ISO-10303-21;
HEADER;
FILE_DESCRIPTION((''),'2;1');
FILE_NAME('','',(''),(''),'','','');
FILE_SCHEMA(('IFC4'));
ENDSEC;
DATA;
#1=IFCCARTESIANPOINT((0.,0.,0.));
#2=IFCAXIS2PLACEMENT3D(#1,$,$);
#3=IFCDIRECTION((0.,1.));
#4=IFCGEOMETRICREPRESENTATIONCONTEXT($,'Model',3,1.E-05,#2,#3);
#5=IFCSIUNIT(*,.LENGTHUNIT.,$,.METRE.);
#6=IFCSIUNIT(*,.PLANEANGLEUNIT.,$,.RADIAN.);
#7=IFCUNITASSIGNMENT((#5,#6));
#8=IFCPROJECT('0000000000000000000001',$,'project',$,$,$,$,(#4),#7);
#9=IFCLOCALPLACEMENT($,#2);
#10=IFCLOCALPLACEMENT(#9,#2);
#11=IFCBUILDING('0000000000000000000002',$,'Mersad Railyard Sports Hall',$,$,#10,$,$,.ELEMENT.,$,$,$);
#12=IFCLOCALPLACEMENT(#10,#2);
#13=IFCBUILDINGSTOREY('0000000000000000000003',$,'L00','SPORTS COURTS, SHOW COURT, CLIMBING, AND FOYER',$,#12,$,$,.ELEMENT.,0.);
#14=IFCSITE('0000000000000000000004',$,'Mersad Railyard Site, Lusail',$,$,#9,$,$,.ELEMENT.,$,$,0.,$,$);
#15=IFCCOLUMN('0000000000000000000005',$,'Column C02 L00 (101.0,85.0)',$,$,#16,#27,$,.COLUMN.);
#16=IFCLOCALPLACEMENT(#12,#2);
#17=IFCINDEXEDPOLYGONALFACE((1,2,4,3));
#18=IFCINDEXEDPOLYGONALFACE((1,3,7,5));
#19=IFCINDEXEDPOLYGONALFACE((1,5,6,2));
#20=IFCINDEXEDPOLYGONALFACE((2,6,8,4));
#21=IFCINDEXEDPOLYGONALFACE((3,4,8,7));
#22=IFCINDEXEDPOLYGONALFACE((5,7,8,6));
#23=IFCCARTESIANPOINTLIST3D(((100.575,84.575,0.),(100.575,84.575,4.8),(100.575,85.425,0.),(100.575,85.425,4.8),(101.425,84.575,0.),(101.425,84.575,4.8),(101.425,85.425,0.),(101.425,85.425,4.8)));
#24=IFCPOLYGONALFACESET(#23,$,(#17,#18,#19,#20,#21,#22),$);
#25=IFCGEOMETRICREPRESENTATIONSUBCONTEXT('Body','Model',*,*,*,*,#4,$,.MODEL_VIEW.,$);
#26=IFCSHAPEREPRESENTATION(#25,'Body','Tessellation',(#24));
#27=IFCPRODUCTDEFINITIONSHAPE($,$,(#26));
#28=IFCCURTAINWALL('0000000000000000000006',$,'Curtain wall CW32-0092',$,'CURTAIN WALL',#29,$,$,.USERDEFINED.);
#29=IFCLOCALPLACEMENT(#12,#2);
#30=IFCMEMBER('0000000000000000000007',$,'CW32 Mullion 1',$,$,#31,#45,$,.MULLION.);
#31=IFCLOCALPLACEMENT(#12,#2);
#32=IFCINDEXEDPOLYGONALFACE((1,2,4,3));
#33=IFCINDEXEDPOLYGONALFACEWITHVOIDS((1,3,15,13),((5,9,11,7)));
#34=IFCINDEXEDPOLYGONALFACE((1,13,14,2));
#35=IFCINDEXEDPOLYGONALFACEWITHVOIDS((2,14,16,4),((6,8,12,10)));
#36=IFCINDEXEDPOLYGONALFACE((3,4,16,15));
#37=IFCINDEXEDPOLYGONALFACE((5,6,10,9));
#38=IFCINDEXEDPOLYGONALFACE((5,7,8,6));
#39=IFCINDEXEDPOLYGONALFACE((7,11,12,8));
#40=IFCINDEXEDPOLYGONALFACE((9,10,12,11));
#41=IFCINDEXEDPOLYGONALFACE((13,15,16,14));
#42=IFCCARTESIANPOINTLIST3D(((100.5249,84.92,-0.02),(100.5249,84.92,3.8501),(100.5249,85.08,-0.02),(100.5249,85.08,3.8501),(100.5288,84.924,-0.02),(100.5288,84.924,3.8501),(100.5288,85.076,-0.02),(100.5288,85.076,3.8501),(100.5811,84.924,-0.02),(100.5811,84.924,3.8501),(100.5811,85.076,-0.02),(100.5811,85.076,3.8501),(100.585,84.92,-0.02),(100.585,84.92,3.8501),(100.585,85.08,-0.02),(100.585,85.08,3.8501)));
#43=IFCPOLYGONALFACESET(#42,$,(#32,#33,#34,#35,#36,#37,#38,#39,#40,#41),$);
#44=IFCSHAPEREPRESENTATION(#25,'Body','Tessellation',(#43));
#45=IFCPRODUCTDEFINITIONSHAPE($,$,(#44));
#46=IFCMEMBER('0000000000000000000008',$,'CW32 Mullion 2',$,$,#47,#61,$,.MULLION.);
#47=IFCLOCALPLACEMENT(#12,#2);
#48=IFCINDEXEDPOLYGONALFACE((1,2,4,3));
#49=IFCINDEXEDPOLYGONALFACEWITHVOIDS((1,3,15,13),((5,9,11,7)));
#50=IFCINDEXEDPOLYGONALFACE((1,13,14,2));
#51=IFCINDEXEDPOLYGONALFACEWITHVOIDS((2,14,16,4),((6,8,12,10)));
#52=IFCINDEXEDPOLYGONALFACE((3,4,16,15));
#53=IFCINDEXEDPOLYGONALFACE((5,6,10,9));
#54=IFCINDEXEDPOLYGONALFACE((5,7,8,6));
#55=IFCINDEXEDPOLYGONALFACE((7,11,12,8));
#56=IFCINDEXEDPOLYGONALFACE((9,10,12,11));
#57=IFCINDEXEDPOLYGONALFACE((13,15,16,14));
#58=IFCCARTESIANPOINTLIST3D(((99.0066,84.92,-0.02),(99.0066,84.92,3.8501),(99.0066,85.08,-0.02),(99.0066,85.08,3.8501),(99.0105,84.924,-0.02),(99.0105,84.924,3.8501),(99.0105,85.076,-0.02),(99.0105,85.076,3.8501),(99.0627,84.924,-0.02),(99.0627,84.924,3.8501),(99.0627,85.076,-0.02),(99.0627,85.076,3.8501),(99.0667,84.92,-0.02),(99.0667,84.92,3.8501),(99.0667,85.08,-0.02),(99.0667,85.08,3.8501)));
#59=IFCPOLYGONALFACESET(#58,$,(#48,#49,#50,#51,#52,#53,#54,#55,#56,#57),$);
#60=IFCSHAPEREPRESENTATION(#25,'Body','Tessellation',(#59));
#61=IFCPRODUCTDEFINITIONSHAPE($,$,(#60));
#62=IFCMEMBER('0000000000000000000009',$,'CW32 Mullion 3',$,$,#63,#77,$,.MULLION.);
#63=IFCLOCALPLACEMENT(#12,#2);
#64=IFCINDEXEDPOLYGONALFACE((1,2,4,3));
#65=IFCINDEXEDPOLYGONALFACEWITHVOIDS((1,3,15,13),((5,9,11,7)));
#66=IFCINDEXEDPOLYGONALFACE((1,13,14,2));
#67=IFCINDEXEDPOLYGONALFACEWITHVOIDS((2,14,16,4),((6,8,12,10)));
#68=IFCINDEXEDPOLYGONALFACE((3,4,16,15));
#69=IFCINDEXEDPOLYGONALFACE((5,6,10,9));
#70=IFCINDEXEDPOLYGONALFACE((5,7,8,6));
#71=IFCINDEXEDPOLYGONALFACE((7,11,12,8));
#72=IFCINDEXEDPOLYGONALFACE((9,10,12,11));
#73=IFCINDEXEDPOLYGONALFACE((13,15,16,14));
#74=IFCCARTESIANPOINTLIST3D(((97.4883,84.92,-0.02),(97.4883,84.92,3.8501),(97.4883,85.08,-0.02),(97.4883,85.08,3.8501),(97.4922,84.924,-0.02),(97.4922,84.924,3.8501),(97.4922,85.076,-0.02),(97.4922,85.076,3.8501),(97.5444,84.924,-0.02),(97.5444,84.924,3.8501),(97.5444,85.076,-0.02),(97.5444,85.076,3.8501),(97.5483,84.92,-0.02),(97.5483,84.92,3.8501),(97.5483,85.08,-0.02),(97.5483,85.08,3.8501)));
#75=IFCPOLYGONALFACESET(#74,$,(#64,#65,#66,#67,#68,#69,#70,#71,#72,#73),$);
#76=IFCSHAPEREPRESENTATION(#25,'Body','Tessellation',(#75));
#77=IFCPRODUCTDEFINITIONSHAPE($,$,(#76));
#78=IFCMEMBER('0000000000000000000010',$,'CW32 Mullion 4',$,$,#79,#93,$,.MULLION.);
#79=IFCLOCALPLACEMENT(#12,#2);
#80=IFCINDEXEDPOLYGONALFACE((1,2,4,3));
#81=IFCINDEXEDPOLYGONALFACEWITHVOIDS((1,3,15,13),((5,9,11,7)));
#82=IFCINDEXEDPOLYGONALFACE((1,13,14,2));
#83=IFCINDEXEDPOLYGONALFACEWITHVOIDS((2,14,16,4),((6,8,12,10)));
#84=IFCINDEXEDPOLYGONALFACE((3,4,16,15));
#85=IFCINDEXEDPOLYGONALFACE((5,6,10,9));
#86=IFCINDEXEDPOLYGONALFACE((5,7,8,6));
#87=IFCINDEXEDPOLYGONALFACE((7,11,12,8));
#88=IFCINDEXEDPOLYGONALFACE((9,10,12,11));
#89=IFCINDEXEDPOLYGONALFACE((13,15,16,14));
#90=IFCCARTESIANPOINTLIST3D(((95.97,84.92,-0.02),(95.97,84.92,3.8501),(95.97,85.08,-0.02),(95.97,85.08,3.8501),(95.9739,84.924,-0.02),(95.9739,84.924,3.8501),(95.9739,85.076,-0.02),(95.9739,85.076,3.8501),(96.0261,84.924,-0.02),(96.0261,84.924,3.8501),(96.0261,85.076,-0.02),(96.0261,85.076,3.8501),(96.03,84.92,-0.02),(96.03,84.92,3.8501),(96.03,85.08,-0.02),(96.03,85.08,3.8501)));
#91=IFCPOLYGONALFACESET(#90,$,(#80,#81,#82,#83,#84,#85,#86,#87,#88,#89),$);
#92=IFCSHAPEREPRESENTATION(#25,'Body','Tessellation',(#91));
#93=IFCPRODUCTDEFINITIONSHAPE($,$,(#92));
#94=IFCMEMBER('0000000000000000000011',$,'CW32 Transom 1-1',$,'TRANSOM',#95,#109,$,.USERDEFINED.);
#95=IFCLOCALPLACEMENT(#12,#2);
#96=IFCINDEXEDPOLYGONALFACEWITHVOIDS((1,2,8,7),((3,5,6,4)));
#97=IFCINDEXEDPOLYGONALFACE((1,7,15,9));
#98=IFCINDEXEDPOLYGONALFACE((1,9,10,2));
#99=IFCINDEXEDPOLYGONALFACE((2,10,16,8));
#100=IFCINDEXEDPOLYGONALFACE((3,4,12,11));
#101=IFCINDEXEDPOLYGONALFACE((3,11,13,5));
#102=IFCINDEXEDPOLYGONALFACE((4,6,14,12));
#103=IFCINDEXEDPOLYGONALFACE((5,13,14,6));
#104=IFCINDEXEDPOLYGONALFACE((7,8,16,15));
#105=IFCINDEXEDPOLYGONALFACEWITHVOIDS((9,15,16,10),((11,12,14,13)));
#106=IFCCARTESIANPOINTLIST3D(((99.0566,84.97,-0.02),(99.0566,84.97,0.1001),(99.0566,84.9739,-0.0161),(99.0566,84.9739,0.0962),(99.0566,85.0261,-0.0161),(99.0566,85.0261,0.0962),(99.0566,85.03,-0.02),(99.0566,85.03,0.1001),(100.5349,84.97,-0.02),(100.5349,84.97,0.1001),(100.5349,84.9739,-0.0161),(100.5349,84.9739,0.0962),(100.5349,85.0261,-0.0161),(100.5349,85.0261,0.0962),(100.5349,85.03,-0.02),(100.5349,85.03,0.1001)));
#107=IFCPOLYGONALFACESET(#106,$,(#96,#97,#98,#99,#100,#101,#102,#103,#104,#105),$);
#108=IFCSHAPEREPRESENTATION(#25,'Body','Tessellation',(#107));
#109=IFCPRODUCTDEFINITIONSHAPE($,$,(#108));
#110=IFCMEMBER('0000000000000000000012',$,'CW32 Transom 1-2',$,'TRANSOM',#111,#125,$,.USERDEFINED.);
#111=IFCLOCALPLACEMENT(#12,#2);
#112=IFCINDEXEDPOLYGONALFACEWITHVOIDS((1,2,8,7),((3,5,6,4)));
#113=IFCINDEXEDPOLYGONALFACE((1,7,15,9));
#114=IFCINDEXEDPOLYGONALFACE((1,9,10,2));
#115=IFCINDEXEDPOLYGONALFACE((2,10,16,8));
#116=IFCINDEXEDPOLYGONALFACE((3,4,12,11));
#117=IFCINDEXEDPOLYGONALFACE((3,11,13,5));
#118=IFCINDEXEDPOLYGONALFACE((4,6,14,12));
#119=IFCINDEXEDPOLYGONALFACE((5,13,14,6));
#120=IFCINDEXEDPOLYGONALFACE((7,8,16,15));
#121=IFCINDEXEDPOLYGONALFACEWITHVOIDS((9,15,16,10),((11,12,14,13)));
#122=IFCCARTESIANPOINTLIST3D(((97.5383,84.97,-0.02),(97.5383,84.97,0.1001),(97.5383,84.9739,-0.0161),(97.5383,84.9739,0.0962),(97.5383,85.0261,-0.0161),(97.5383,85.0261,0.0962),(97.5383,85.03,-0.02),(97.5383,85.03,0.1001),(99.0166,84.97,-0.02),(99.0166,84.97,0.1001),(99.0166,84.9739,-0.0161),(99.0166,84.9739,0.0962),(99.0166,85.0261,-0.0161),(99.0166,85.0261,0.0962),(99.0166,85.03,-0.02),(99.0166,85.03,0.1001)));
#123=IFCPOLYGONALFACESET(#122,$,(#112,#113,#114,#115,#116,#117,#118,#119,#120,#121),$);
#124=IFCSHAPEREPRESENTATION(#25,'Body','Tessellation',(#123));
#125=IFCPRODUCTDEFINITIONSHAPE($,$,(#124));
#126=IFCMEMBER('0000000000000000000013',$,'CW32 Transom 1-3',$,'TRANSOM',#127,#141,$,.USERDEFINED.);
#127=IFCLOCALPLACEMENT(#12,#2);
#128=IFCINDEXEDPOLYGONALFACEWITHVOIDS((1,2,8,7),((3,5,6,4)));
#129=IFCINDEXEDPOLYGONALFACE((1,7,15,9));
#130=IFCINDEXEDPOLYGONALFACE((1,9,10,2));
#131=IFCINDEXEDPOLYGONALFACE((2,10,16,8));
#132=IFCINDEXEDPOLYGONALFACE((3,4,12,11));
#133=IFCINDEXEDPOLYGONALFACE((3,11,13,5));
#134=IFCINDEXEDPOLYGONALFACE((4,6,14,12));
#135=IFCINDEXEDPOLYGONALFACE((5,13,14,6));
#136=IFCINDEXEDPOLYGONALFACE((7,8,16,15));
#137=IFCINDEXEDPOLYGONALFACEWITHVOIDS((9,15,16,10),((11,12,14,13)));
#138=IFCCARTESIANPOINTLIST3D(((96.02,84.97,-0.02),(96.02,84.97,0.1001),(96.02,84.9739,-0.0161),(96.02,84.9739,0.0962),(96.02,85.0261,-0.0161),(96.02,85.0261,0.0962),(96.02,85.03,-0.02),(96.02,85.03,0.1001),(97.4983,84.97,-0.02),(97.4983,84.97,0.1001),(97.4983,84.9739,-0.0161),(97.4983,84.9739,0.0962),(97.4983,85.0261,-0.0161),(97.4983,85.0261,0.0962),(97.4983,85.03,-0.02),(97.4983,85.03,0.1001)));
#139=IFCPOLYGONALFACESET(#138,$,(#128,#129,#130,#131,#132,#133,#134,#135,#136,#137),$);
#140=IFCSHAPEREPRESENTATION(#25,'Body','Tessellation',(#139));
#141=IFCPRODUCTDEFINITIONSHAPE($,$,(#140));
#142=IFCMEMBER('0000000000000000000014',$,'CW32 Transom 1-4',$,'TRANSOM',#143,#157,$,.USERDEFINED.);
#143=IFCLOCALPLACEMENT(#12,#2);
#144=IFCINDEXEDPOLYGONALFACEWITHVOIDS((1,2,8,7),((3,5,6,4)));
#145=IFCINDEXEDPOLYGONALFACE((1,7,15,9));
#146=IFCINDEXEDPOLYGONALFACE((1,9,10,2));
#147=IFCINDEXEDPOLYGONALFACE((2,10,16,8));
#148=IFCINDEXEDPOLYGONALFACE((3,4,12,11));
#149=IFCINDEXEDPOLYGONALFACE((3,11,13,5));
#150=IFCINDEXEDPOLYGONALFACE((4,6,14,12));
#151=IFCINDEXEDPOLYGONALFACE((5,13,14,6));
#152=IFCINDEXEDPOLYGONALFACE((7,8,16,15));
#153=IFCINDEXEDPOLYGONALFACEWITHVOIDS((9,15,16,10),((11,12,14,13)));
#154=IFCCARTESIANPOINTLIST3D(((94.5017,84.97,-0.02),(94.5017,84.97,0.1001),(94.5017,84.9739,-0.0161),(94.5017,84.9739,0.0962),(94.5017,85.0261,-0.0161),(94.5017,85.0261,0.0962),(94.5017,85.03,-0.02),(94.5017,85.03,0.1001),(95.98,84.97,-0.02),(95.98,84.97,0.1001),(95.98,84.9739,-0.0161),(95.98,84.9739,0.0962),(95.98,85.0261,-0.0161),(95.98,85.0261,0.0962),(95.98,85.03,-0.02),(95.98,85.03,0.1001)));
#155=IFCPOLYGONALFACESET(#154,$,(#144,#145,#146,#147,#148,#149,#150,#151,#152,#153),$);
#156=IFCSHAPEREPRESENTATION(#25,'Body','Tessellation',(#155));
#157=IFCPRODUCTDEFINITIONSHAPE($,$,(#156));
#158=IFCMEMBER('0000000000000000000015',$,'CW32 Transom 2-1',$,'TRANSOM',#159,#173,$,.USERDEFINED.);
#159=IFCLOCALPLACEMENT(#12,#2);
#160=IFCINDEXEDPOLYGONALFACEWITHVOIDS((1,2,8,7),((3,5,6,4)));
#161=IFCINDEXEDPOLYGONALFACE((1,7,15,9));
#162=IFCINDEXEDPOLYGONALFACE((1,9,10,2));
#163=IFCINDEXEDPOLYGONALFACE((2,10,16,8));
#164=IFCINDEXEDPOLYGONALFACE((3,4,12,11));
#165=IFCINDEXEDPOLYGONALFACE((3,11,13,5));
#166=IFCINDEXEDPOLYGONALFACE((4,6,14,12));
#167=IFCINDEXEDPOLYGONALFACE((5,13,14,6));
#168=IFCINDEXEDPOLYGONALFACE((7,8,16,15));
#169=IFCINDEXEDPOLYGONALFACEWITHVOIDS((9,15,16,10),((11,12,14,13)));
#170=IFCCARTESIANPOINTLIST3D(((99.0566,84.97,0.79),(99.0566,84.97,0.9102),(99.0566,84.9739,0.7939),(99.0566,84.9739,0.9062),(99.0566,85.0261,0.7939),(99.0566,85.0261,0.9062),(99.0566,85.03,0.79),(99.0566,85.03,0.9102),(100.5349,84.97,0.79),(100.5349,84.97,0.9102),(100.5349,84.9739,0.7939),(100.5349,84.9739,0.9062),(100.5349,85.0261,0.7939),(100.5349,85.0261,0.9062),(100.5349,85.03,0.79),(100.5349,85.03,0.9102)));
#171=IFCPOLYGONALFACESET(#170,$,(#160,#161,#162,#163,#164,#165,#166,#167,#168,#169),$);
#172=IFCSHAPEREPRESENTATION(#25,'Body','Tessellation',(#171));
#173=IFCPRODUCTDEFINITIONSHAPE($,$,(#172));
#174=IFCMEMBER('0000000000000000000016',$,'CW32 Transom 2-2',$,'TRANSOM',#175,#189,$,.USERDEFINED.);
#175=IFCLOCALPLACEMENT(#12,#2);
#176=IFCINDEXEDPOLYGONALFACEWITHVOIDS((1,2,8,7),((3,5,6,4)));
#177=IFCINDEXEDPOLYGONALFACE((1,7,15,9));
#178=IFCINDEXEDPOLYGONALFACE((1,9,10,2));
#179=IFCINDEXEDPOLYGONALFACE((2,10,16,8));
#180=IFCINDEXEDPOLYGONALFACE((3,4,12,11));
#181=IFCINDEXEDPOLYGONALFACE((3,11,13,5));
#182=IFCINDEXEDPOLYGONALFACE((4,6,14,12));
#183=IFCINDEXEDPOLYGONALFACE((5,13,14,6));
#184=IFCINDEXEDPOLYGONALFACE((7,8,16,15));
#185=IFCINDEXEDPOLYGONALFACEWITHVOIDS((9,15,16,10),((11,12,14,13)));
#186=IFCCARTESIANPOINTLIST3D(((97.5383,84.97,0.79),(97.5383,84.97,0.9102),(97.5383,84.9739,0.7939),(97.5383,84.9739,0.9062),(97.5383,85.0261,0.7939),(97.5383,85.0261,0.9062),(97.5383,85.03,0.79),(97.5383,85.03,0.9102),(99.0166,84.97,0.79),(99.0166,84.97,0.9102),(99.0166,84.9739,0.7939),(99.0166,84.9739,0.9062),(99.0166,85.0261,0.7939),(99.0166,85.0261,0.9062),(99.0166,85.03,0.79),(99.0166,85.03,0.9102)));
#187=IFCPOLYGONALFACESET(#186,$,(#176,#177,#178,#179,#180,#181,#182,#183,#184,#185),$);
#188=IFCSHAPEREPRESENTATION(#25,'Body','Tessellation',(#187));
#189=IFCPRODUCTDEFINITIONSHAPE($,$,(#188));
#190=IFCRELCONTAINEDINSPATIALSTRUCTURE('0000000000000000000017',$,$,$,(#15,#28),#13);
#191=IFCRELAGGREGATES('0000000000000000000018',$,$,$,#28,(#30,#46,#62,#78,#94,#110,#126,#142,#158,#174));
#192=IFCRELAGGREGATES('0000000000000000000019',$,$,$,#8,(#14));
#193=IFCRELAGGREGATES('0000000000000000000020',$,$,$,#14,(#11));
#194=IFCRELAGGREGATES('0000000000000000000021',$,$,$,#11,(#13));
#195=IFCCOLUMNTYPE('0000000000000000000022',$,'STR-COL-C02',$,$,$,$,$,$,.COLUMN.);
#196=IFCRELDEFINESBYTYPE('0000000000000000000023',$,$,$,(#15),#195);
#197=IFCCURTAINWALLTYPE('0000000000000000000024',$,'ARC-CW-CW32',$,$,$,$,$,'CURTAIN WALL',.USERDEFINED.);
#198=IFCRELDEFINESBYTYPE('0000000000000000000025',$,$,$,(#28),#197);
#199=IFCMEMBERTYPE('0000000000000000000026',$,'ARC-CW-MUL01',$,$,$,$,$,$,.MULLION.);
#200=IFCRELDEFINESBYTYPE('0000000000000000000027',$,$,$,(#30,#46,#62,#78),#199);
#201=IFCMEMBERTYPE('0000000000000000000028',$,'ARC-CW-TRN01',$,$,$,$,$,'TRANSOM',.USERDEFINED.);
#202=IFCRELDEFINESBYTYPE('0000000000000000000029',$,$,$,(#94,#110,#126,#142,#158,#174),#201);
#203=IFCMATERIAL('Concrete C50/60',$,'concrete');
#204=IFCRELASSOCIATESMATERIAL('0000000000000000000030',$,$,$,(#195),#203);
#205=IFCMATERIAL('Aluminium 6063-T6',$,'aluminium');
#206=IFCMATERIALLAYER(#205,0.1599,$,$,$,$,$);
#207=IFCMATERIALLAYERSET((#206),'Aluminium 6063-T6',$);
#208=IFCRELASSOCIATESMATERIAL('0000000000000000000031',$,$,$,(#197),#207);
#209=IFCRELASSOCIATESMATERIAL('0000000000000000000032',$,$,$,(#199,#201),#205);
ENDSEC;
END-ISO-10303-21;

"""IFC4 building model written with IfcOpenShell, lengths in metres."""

from ifc_helpers import new_model, si_unit, direction, frame, origin, origin_2d, place, context, subcontext, project, spatial, rectangle, hollow_rectangle, extrude, material, layer, layer_set, material_profile, profile_set, type_object, element, aggregate, save


model = new_model("IFC4")

# Units and contexts
model_context = context("Model", 3, precision=1e-05, world=origin(), true_north=direction((0.0, 1.0)))
body_context = subcontext(model_context, "Body", "Model", "MODEL_VIEW")
ifc_project = project(units=[si_unit("LENGTHUNIT", "METRE"), si_unit("PLANEANGLEUNIT", "RADIAN")], contexts=[model_context])

# Site, building, storey
site_placement = place(None, origin())
site = spatial("IfcSite", under=ifc_project, at=site_placement, Name="Mersad Railyard Site, Lusail", CompositionType="ELEMENT", RefElevation=0.0)
building_placement = place(site_placement, origin())
building = spatial("IfcBuilding", under=site, at=building_placement, Name="Mersad Railyard Sports Hall", CompositionType="ELEMENT")
storey_placement = place(building_placement, origin())
storey = spatial("IfcBuildingStorey", under=building, at=storey_placement, Name="L00", Description="SPORTS COURTS, SHOW COURT, CLIMBING, AND FOYER", CompositionType="ELEMENT", Elevation=0.0)

# Column
ifc_material_1 = material(Name="Concrete C50/60", Category="concrete")
ifc_material_profile_1 = material_profile(ifc_material_1, rectangle(XDim=0.8501, YDim=0.8501, at=origin_2d()), Name="RC 850x850")
ifc_profile_set_1 = profile_set([ifc_material_profile_1], Name="Concrete C50/60")
column_type = type_object("IfcColumnType", Name="STR-COL-C02", PredefinedType="COLUMN", material=ifc_profile_set_1)
column_placement = place(storey_placement, frame((101.0, 85.0, 0.0), z_axis=(0.0, 0.0, 1.0), x_axis=(1.0, 0.0, 0.0)))
element("IfcColumn", 1, at=column_placement, inside=storey, type_object=column_type, Name="Column C02 L00 (101.0,85.0)", PredefinedType="COLUMN", context=body_context, shape_type="SweptSolid", body=[
    extrude(rectangle(XDim=0.8501, YDim=0.8501, at=origin_2d()), origin(), (0.0, 0.0, 1.0), 4.8),
])

# Curtain wall, members
ifc_material_2 = material(Name="Aluminium 6063-T6", Category="aluminium")
ifc_layer_1 = layer(ifc_material_2, 0.1599)
ifc_layer_set_1 = layer_set([ifc_layer_1], Name="Aluminium 6063-T6")
curtain_wall_type = type_object("IfcCurtainWallType", Name="ARC-CW-CW32", ElementType="CURTAIN WALL", PredefinedType="USERDEFINED", material=ifc_layer_set_1)
curtain_wall_placement = place(storey_placement, origin())
curtain_wall = element("IfcCurtainWall", 2, at=curtain_wall_placement, inside=storey, type_object=curtain_wall_type, Name="Curtain wall CW32-0092", ObjectType="CURTAIN WALL", PredefinedType="USERDEFINED")
ifc_material_profile_2 = material_profile(ifc_material_2, hollow_rectangle(XDim=0.0601, YDim=0.1599, WallThickness=0.0039, at=origin_2d()), Name="AL MULLION 60x160x4")
ifc_profile_set_2 = profile_set([ifc_material_profile_2], Name="Aluminium 6063-T6")
member_type_1 = type_object("IfcMemberType", Name="ARC-CW-MUL01", PredefinedType="MULLION", material=ifc_profile_set_2)
member_1_placement = place(storey_placement, frame((100.5549, 85.0, -0.02), z_axis=(0.0, 0.0, 1.0), x_axis=(1.0, 0.0, 0.0)))
member_1 = element("IfcMember", 3, at=member_1_placement, type_object=member_type_1, Name="CW32 Mullion 1", PredefinedType="MULLION", context=body_context, shape_type="SweptSolid", body=[
    extrude(hollow_rectangle(XDim=0.0601, YDim=0.1599, WallThickness=0.0039, at=origin_2d()), origin(), (0.0, 0.0, 1.0), 3.8701),
])
member_2_placement = place(storey_placement, frame((99.0366, 85.0, -0.02), z_axis=(0.0, 0.0, 1.0), x_axis=(1.0, 0.0, 0.0)))
member_2 = element("IfcMember", 4, at=member_2_placement, type_object=member_type_1, Name="CW32 Mullion 2", PredefinedType="MULLION", context=body_context, shape_type="SweptSolid", body=[
    extrude(hollow_rectangle(XDim=0.0601, YDim=0.1599, WallThickness=0.0039, at=origin_2d()), origin(), (0.0, 0.0, 1.0), 3.8701),
])
member_3_placement = place(storey_placement, frame((97.5183, 85.0, -0.02), z_axis=(0.0, 0.0, 1.0), x_axis=(1.0, 0.0, 0.0)))
member_3 = element("IfcMember", 5, at=member_3_placement, type_object=member_type_1, Name="CW32 Mullion 3", PredefinedType="MULLION", context=body_context, shape_type="SweptSolid", body=[
    extrude(hollow_rectangle(XDim=0.0601, YDim=0.1599, WallThickness=0.0039, at=origin_2d()), origin(), (0.0, 0.0, 1.0), 3.8701),
])
member_4_placement = place(storey_placement, frame((96.0, 85.0, -0.02), z_axis=(0.0, 0.0, 1.0), x_axis=(1.0, 0.0, 0.0)))
member_4 = element("IfcMember", 6, at=member_4_placement, type_object=member_type_1, Name="CW32 Mullion 4", PredefinedType="MULLION", context=body_context, shape_type="SweptSolid", body=[
    extrude(hollow_rectangle(XDim=0.0601, YDim=0.1599, WallThickness=0.0039, at=origin_2d()), origin(), (0.0, 0.0, 1.0), 3.8701),
])
ifc_material_profile_3 = material_profile(ifc_material_2, hollow_rectangle(XDim=0.0601, YDim=0.1201, WallThickness=0.0039, at=origin_2d()), Name="AL TRANSOM 60x120x4")
ifc_profile_set_3 = profile_set([ifc_material_profile_3], Name="Aluminium 6063-T6")
member_type_2 = type_object("IfcMemberType", Name="ARC-CW-TRN01", ElementType="TRANSOM", PredefinedType="USERDEFINED", material=ifc_profile_set_3)
member_5_placement = place(storey_placement, frame((100.5349, 85.0, 0.04), z_axis=(-1.0, 0.0, 0.0), x_axis=(0.0, -1.0, 0.0)))
member_5 = element("IfcMember", 7, at=member_5_placement, type_object=member_type_2, Name="CW32 Transom 1-1", ObjectType="TRANSOM", PredefinedType="USERDEFINED", context=body_context, shape_type="SweptSolid", body=[
    extrude(hollow_rectangle(XDim=0.0601, YDim=0.1201, WallThickness=0.0039, at=origin_2d()), origin(), (0.0, 0.0, 1.0), 1.4783),
])
member_6_placement = place(storey_placement, frame((99.0166, 85.0, 0.04), z_axis=(-1.0, 0.0, 0.0), x_axis=(0.0, -1.0, 0.0)))
member_6 = element("IfcMember", 8, at=member_6_placement, type_object=member_type_2, Name="CW32 Transom 1-2", ObjectType="TRANSOM", PredefinedType="USERDEFINED", context=body_context, shape_type="SweptSolid", body=[
    extrude(hollow_rectangle(XDim=0.0601, YDim=0.1201, WallThickness=0.0039, at=origin_2d()), origin(), (0.0, 0.0, 1.0), 1.4783),
])
member_7_placement = place(storey_placement, frame((97.4983, 85.0, 0.04), z_axis=(-1.0, 0.0, 0.0), x_axis=(0.0, -1.0, 0.0)))
member_7 = element("IfcMember", 9, at=member_7_placement, type_object=member_type_2, Name="CW32 Transom 1-3", ObjectType="TRANSOM", PredefinedType="USERDEFINED", context=body_context, shape_type="SweptSolid", body=[
    extrude(hollow_rectangle(XDim=0.0601, YDim=0.1201, WallThickness=0.0039, at=origin_2d()), origin(), (0.0, 0.0, 1.0), 1.4783),
])
member_8_placement = place(storey_placement, frame((95.98, 85.0, 0.04), z_axis=(-1.0, 0.0, 0.0), x_axis=(0.0, -1.0, 0.0)))
member_8 = element("IfcMember", 10, at=member_8_placement, type_object=member_type_2, Name="CW32 Transom 1-4", ObjectType="TRANSOM", PredefinedType="USERDEFINED", context=body_context, shape_type="SweptSolid", body=[
    extrude(hollow_rectangle(XDim=0.0601, YDim=0.1201, WallThickness=0.0039, at=origin_2d()), origin(), (0.0, 0.0, 1.0), 1.4783),
])
member_9_placement = place(storey_placement, frame((100.5349, 85.0, 0.8501), z_axis=(-1.0, 0.0, 0.0), x_axis=(0.0, -1.0, 0.0)))
member_9 = element("IfcMember", 11, at=member_9_placement, type_object=member_type_2, Name="CW32 Transom 2-1", ObjectType="TRANSOM", PredefinedType="USERDEFINED", context=body_context, shape_type="SweptSolid", body=[
    extrude(hollow_rectangle(XDim=0.0601, YDim=0.1201, WallThickness=0.0039, at=origin_2d()), origin(), (0.0, 0.0, 1.0), 1.4783),
])
member_10_placement = place(storey_placement, frame((99.0166, 85.0, 0.8501), z_axis=(-1.0, 0.0, 0.0), x_axis=(0.0, -1.0, 0.0)))
member_10 = element("IfcMember", 12, at=member_10_placement, type_object=member_type_2, Name="CW32 Transom 2-2", ObjectType="TRANSOM", PredefinedType="USERDEFINED", context=body_context, shape_type="SweptSolid", body=[
    extrude(hollow_rectangle(XDim=0.0601, YDim=0.1201, WallThickness=0.0039, at=origin_2d()), origin(), (0.0, 0.0, 1.0), 1.4783),
])

aggregate(curtain_wall, [member_1, member_2, member_3, member_4, member_5, member_6, member_7, member_8, member_9, member_10])

save(model, "model.ifc")
